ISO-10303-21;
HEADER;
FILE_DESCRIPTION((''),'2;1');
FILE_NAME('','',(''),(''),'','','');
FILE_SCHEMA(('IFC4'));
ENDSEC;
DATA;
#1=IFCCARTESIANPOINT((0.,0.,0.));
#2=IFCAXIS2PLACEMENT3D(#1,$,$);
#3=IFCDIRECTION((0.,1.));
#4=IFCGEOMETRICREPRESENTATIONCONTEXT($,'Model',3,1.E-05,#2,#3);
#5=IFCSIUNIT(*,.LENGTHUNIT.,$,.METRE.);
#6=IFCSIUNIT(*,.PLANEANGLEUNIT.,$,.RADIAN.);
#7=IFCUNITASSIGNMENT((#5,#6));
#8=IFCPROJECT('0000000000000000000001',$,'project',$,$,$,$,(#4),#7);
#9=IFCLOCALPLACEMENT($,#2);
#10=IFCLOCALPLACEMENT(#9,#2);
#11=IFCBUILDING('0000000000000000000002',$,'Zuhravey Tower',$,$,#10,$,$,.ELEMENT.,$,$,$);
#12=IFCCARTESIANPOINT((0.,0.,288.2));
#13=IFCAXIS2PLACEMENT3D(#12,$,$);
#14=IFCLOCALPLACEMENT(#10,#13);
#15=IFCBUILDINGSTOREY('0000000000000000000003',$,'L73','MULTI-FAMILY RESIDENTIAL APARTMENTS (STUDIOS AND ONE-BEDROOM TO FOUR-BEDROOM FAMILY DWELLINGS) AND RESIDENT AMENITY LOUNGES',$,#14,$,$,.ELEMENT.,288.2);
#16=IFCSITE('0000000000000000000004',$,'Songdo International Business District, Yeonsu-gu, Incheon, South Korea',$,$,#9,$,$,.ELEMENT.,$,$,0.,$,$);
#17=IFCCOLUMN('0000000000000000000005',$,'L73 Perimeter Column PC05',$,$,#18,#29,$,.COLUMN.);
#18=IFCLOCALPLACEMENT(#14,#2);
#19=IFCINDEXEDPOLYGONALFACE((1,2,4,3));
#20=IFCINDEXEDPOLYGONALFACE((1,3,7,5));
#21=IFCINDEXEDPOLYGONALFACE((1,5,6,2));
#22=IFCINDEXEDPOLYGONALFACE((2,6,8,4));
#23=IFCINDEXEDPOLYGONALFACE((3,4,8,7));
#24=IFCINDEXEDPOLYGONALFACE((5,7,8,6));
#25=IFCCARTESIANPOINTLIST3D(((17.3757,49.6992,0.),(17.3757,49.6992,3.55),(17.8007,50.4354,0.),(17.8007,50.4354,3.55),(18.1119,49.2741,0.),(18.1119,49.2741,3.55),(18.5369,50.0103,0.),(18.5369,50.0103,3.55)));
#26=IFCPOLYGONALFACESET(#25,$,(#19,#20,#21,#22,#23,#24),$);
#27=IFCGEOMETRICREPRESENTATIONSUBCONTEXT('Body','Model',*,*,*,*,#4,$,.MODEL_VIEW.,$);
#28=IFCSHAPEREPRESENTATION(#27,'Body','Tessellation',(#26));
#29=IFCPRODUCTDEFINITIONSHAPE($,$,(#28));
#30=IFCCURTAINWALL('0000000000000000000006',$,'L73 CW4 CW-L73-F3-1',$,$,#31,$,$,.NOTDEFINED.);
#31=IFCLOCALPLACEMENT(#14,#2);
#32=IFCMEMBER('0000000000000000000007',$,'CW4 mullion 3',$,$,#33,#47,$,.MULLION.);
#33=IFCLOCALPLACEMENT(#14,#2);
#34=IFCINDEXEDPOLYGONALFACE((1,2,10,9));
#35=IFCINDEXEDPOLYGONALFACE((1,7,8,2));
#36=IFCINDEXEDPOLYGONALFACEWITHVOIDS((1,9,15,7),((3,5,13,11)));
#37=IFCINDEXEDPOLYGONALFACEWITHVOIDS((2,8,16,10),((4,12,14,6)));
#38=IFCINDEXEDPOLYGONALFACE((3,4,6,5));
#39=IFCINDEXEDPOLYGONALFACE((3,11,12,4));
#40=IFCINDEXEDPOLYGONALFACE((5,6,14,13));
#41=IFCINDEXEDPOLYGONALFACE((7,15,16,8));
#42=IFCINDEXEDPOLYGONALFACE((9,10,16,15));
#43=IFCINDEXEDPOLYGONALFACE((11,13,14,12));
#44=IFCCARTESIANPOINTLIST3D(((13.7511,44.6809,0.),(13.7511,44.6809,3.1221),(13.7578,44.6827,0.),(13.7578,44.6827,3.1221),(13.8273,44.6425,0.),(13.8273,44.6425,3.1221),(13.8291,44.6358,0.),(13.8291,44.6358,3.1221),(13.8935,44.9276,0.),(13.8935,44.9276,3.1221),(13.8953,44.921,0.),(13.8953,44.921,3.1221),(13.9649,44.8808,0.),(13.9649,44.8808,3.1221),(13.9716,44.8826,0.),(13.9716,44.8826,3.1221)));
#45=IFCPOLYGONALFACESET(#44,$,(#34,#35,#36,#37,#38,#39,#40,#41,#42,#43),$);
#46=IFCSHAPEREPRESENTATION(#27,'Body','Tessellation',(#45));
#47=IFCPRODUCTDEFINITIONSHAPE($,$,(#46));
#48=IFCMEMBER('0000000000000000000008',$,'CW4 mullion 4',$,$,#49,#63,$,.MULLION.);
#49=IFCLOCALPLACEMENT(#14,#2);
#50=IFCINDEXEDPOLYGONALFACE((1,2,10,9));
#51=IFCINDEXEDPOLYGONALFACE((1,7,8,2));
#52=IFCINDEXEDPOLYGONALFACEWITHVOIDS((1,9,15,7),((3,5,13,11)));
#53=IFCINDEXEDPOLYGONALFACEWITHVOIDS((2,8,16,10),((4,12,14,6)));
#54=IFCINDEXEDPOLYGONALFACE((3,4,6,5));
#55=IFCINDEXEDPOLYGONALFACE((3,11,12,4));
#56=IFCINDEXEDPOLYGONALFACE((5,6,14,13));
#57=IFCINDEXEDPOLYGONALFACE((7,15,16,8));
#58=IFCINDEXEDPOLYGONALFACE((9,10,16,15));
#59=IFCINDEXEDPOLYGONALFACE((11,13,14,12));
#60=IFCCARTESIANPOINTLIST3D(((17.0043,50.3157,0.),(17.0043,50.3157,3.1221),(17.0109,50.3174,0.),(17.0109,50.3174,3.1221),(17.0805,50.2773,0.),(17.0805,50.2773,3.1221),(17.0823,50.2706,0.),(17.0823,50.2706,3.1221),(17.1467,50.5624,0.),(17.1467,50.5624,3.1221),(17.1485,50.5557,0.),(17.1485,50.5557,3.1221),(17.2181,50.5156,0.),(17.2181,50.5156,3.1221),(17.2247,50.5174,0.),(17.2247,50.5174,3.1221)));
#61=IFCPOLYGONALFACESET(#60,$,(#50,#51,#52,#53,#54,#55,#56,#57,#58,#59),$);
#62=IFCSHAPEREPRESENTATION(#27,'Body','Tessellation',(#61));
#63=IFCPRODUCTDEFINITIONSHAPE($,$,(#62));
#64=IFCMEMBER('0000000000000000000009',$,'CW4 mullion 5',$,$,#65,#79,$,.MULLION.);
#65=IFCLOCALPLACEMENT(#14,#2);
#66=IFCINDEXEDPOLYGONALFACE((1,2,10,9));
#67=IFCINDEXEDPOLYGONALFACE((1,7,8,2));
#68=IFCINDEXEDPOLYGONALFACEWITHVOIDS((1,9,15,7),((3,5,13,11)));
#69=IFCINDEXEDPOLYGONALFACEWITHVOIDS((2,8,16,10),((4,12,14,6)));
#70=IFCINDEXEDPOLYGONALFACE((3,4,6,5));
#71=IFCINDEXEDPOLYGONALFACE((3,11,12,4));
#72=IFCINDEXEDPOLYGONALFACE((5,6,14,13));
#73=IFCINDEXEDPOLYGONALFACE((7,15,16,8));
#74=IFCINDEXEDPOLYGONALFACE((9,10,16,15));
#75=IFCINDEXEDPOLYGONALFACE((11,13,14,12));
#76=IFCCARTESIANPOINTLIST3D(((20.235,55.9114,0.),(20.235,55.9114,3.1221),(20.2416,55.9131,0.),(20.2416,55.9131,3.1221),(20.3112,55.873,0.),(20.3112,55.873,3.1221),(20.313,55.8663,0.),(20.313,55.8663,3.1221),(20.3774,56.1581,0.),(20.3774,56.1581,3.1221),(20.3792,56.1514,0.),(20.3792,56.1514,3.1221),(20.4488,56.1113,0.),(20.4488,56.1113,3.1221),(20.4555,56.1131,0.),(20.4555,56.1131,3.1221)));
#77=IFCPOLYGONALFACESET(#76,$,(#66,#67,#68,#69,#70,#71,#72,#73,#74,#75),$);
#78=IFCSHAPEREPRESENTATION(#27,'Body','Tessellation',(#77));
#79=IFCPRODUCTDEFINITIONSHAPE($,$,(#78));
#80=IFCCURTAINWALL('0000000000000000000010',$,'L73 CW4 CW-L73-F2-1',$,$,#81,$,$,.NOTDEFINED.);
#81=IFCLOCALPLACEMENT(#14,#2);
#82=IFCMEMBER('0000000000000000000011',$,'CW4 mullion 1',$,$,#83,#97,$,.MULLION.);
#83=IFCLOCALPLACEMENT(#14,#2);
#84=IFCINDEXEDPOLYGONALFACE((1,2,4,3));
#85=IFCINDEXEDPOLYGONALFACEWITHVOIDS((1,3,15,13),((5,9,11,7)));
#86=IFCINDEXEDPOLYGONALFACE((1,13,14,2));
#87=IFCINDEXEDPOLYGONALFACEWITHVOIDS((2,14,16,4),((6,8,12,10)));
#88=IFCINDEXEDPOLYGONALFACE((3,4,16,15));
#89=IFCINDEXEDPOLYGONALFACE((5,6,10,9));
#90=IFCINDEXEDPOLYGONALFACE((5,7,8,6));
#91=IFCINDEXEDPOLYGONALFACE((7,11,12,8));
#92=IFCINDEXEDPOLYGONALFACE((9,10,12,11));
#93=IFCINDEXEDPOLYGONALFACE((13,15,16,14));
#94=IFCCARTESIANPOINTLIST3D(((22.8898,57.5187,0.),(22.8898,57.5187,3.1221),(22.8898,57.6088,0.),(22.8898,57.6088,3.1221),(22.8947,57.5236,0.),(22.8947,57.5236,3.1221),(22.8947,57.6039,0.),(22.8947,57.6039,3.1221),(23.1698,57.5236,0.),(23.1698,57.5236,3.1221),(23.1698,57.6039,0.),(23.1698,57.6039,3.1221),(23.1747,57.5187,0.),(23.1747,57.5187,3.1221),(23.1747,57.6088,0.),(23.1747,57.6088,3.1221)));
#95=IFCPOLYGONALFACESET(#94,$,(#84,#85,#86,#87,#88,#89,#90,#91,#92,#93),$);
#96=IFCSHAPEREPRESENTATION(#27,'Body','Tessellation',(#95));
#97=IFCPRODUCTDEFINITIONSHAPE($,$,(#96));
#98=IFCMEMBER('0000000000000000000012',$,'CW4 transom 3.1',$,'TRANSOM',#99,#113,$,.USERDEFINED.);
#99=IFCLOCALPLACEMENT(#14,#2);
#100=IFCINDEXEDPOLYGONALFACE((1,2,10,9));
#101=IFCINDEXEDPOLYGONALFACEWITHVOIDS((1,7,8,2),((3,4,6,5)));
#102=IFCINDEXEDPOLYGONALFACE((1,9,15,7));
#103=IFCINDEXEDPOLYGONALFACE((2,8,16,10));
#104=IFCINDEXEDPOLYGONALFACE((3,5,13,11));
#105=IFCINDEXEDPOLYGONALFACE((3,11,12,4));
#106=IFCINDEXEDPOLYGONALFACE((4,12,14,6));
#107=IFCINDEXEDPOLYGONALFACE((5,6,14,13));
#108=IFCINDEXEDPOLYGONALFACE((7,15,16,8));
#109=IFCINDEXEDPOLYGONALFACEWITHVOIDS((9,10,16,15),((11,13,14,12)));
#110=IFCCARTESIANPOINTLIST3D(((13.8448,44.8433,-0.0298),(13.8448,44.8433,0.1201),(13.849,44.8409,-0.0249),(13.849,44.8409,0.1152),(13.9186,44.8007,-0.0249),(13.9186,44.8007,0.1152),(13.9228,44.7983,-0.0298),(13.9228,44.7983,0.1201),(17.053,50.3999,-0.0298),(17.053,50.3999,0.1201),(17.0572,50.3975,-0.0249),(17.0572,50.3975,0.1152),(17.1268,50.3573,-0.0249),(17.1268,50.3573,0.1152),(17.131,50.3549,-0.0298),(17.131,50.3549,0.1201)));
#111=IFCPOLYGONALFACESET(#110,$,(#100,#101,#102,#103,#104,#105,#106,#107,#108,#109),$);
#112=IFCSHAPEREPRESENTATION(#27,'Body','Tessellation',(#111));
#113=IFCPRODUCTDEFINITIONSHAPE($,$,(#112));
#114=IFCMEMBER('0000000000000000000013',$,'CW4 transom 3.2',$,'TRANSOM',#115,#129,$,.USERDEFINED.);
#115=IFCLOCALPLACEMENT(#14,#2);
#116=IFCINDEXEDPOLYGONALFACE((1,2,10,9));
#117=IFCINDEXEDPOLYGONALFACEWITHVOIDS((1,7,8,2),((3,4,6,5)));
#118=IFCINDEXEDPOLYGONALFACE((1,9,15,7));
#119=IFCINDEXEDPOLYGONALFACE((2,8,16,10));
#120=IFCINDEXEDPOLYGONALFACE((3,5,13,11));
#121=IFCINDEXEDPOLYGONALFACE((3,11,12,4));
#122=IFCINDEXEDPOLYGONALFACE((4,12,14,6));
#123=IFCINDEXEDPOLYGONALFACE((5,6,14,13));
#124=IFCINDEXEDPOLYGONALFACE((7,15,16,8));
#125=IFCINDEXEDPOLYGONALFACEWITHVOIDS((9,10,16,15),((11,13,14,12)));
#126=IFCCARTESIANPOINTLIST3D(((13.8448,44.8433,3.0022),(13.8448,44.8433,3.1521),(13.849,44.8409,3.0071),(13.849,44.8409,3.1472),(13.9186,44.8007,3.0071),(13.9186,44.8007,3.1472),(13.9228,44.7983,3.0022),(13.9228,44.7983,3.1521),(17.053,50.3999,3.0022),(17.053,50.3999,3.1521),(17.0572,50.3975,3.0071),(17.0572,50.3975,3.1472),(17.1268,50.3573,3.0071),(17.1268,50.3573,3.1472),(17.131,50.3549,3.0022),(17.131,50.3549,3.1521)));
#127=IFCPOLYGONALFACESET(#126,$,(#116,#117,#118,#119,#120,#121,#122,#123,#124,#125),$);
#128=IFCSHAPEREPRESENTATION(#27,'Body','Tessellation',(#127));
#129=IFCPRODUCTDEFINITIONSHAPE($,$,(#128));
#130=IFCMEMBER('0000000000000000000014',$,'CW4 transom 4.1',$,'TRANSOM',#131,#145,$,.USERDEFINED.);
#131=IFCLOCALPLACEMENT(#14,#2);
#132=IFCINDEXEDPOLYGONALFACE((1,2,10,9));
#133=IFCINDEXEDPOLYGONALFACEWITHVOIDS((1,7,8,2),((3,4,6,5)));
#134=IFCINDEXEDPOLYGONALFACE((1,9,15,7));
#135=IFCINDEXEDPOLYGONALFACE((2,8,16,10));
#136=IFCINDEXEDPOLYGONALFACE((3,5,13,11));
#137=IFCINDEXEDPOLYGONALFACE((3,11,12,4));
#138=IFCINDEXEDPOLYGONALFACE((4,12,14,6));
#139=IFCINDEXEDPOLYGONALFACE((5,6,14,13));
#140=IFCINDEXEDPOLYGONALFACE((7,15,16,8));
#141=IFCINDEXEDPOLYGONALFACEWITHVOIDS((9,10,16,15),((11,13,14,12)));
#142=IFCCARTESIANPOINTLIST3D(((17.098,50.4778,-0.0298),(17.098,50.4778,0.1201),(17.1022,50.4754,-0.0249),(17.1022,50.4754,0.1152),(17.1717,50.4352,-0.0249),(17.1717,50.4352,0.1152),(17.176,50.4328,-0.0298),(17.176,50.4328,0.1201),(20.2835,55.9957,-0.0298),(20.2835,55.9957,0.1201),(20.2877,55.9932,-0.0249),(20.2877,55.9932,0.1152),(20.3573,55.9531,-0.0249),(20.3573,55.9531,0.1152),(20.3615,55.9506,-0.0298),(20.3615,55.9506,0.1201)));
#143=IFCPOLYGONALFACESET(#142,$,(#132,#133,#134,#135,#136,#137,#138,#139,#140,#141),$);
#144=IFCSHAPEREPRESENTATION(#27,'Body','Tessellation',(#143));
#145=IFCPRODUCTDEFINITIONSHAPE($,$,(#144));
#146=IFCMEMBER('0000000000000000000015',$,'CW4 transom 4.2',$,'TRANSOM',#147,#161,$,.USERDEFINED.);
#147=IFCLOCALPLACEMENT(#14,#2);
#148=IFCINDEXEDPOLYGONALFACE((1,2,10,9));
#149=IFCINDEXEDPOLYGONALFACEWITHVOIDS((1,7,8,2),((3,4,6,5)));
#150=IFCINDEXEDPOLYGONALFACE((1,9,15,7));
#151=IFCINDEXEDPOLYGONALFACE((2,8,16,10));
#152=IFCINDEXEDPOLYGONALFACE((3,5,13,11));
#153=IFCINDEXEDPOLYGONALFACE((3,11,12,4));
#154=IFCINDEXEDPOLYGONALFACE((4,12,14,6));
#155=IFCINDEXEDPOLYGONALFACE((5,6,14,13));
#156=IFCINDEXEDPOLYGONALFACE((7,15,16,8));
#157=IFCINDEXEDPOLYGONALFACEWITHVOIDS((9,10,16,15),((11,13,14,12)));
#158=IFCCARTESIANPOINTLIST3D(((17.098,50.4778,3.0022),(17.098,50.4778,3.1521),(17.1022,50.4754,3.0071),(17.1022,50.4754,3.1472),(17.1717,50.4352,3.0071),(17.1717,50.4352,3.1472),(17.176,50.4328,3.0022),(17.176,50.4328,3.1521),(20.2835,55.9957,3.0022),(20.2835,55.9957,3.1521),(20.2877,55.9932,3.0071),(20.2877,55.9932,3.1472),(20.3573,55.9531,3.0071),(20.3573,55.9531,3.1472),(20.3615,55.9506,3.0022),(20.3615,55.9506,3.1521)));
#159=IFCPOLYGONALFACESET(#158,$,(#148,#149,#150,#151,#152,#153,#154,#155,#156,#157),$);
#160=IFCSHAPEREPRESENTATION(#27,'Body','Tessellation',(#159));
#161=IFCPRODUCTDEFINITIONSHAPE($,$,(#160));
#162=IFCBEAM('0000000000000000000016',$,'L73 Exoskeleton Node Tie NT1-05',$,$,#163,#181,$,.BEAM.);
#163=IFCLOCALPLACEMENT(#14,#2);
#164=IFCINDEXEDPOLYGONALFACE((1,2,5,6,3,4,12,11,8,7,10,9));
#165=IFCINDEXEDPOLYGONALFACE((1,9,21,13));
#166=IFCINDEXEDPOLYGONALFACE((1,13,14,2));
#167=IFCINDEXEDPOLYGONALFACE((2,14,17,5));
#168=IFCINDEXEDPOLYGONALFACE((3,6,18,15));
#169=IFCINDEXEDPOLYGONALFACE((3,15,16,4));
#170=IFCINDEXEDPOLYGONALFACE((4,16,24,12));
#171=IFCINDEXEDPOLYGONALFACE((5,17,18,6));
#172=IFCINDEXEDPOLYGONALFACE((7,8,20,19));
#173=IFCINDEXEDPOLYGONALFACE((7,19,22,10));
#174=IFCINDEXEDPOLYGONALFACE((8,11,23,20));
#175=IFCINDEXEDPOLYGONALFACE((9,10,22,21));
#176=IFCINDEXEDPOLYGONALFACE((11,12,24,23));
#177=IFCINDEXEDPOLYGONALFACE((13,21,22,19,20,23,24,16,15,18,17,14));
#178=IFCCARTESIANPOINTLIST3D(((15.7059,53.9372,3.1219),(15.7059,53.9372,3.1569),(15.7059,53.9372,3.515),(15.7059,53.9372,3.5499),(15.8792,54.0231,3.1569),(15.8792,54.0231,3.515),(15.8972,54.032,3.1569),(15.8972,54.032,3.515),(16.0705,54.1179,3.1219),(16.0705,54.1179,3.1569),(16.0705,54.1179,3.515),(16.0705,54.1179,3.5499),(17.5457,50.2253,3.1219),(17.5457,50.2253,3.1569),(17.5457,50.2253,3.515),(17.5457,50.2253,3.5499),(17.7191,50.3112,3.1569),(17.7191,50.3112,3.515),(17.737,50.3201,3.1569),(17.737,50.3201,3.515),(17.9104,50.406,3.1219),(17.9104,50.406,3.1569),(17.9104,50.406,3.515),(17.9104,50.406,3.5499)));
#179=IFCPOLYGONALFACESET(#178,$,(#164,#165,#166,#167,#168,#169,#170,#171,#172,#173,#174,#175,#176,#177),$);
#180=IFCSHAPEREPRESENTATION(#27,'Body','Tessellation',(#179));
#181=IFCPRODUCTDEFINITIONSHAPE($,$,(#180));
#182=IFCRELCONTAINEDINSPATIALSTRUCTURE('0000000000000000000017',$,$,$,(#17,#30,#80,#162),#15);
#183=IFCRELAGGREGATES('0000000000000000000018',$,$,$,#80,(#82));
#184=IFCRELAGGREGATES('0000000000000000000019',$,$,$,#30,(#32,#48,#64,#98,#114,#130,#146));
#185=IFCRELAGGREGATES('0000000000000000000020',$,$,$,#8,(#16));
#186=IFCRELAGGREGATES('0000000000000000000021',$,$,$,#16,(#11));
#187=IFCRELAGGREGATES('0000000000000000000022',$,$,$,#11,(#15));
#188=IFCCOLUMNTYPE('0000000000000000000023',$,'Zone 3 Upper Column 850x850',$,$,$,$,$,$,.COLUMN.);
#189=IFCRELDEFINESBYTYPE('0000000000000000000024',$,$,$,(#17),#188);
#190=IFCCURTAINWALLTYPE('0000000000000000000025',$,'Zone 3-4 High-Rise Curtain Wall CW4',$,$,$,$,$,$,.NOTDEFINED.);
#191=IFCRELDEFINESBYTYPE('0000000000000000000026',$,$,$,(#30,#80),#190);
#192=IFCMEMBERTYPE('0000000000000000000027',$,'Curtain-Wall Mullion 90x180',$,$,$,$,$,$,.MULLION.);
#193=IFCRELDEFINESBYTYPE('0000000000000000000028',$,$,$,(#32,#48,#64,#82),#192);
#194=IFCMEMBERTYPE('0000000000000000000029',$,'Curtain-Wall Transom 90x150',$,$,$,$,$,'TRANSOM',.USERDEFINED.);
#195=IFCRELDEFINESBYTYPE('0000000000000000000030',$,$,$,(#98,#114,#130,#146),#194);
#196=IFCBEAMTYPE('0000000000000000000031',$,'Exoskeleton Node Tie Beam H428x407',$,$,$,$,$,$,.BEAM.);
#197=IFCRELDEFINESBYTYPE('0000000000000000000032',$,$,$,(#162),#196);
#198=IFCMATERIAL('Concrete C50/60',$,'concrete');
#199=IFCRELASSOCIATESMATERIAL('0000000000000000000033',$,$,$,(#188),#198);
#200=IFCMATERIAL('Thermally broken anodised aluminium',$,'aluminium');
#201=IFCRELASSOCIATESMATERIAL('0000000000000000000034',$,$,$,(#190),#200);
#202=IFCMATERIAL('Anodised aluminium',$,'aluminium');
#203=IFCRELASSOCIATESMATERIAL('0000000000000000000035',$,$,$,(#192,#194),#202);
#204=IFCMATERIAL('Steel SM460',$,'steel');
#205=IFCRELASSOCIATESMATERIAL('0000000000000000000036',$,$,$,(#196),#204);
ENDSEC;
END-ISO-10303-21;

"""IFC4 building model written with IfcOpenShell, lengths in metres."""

from ifc_helpers import new_model, si_unit, direction, frame, origin, origin_2d, place, context, subcontext, project, spatial, rectangle, hollow_rectangle, i_section, extrude, material, material_profile, profile_set, type_object, element, aggregate, save


model = new_model("IFC4")

# Units and contexts
model_context = context("Model", 3, precision=1e-05, world=origin(), true_north=direction((0.0, 1.0)))
body_context = subcontext(model_context, "Body", "Model", "MODEL_VIEW")
ifc_project = project(units=[si_unit("LENGTHUNIT", "METRE"), si_unit("PLANEANGLEUNIT", "RADIAN")], contexts=[model_context])

# Site, building, storey
site_placement = place(None, origin())
site = spatial("IfcSite", under=ifc_project, at=site_placement, Name="Songdo International Business District, Yeonsu-gu, Incheon, South Korea", CompositionType="ELEMENT", RefElevation=0.0)
building_placement = place(site_placement, origin())
building = spatial("IfcBuilding", under=site, at=building_placement, Name="Zuhravey Tower", CompositionType="ELEMENT")
storey_placement = place(building_placement, frame((0.0, 0.0, 288.2)))
storey = spatial("IfcBuildingStorey", under=building, at=storey_placement, Name="L73", Description="MULTI-FAMILY RESIDENTIAL APARTMENTS (STUDIOS AND ONE-BEDROOM TO FOUR-BEDROOM FAMILY DWELLINGS) AND RESIDENT AMENITY LOUNGES", CompositionType="ELEMENT", Elevation=288.2)

# Column
ifc_material_1 = material(Name="Concrete C50/60", Category="concrete")
ifc_material_profile_1 = material_profile(ifc_material_1, rectangle(XDim=0.8501, YDim=0.8501, at=origin_2d()), Name="RC-850x850")
ifc_profile_set_1 = profile_set([ifc_material_profile_1], Name="Concrete C50/60")
column_type = type_object("IfcColumnType", Name="Zone 3 Upper Column 850x850", PredefinedType="COLUMN", material=ifc_profile_set_1)
column_placement = place(storey_placement, frame((17.9563, 49.8547, 0.0), z_axis=(0.0, 0.0, 1.0), x_axis=(-0.5, -0.866025, 0.0)))
element("IfcColumn", 1, at=column_placement, inside=storey, type_object=column_type, Name="L73 Perimeter Column PC05", PredefinedType="COLUMN", context=body_context, shape_type="SweptSolid", body=[
    extrude(rectangle(XDim=0.8501, YDim=0.8501, at=origin_2d()), origin(), (0.0, 0.0, 1.0), 3.55),
])

# Curtain wall, members
ifc_material_2 = material(Name="Thermally broken anodised aluminium", Category="aluminium")
curtain_wall_type = type_object("IfcCurtainWallType", Name="Zone 3-4 High-Rise Curtain Wall CW4", PredefinedType="NOTDEFINED", material=ifc_material_2)
curtain_wall_1_placement = place(storey_placement, origin())
curtain_wall_1 = element("IfcCurtainWall", 2, at=curtain_wall_1_placement, inside=storey, type_object=curtain_wall_type, Name="L73 CW4 CW-L73-F3-1", PredefinedType="NOTDEFINED")
ifc_material_3 = material(Name="Anodised aluminium", Category="aluminium")
ifc_material_profile_2 = material_profile(ifc_material_3, hollow_rectangle(XDim=0.0901, YDim=0.2849, WallThickness=0.0049, at=origin_2d()), Name="ALU-RHS-90x285x5")
ifc_profile_set_2 = profile_set([ifc_material_profile_2], Name="Anodised aluminium")
member_type_1 = type_object("IfcMemberType", Name="Curtain-Wall Mullion 90x180", PredefinedType="MULLION", material=ifc_profile_set_2)
member_1_placement = place(storey_placement, frame((13.8613, 44.7817, 0.0), z_axis=(0.0, 0.0, 1.0), x_axis=(-0.866025, 0.500001, 0.0)))
member_1 = element("IfcMember", 3, at=member_1_placement, type_object=member_type_1, Name="CW4 mullion 3", PredefinedType="MULLION", context=body_context, shape_type="SweptSolid", body=[
    extrude(hollow_rectangle(XDim=0.0901, YDim=0.2849, WallThickness=0.0049, at=origin_2d()), origin(), (0.0, 0.0, 1.0), 3.1221),
])
member_2_placement = place(storey_placement, frame((17.1145, 50.4165, 0.0), z_axis=(0.0, 0.0, 1.0), x_axis=(-0.866025, 0.500001, 0.0)))
member_2 = element("IfcMember", 4, at=member_2_placement, type_object=member_type_1, Name="CW4 mullion 4", PredefinedType="MULLION", context=body_context, shape_type="SweptSolid", body=[
    extrude(hollow_rectangle(XDim=0.0901, YDim=0.2849, WallThickness=0.0049, at=origin_2d()), origin(), (0.0, 0.0, 1.0), 3.1221),
])
member_3_placement = place(storey_placement, frame((20.3452, 56.0122, 0.0), z_axis=(0.0, 0.0, 1.0), x_axis=(-0.866025, 0.500001, 0.0)))
member_3 = element("IfcMember", 5, at=member_3_placement, type_object=member_type_1, Name="CW4 mullion 5", PredefinedType="MULLION", context=body_context, shape_type="SweptSolid", body=[
    extrude(hollow_rectangle(XDim=0.0901, YDim=0.2849, WallThickness=0.0049, at=origin_2d()), origin(), (0.0, 0.0, 1.0), 3.1221),
])

# Curtain wall, member
curtain_wall_2_placement = place(storey_placement, origin())
curtain_wall_2 = element("IfcCurtainWall", 6, at=curtain_wall_2_placement, inside=storey, type_object=curtain_wall_type, Name="L73 CW4 CW-L73-F2-1", PredefinedType="NOTDEFINED")
member_4_placement = place(storey_placement, frame((23.0322, 57.5637, 0.0), z_axis=(0.0, 0.0, 1.0), x_axis=(0.0, 1.0, 0.0)))
member_4 = element("IfcMember", 7, at=member_4_placement, type_object=member_type_1, Name="CW4 mullion 1", PredefinedType="MULLION", context=body_context, shape_type="SweptSolid", body=[
    extrude(hollow_rectangle(XDim=0.0901, YDim=0.2849, WallThickness=0.0049, at=origin_2d()), origin(), (0.0, 0.0, 1.0), 3.1221),
])
aggregate(curtain_wall_2, [member_4])

# Members
ifc_material_profile_3 = material_profile(ifc_material_3, hollow_rectangle(XDim=0.0901, YDim=0.1499, WallThickness=0.0049, at=origin_2d()), Name="ALU-RHS-90x150x5")
ifc_profile_set_3 = profile_set([ifc_material_profile_3], Name="Anodised aluminium")
member_type_2 = type_object("IfcMemberType", Name="Curtain-Wall Transom 90x150", ElementType="TRANSOM", PredefinedType="USERDEFINED", material=ifc_profile_set_3)
member_5_placement = place(storey_placement, frame((13.8838, 44.8208, 0.0452), z_axis=(0.500014, 0.866017, 0.0), x_axis=(-0.866017, 0.500014, 0.0)))
member_5 = element("IfcMember", 8, at=member_5_placement, type_object=member_type_2, Name="CW4 transom 3.1", ObjectType="TRANSOM", PredefinedType="USERDEFINED", context=body_context, shape_type="SweptSolid", body=[
    extrude(hollow_rectangle(XDim=0.0901, YDim=0.1499, WallThickness=0.0049, at=origin_2d()), origin(), (0.0, 0.0, 1.0), 6.4163),
])
member_6_placement = place(storey_placement, frame((13.8838, 44.8208, 3.0771), z_axis=(0.500014, 0.866017, 0.0), x_axis=(-0.866017, 0.500014, 0.0)))
member_6 = element("IfcMember", 9, at=member_6_placement, type_object=member_type_2, Name="CW4 transom 3.2", ObjectType="TRANSOM", PredefinedType="USERDEFINED", context=body_context, shape_type="SweptSolid", body=[
    extrude(hollow_rectangle(XDim=0.0901, YDim=0.1499, WallThickness=0.0049, at=origin_2d()), origin(), (0.0, 0.0, 1.0), 6.4163),
])
member_7_placement = place(storey_placement, frame((17.137, 50.4553, 0.0452), z_axis=(0.49998, 0.866037, 0.0), x_axis=(-0.866037, 0.49998, 0.0)))
member_7 = element("IfcMember", 10, at=member_7_placement, type_object=member_type_2, Name="CW4 transom 4.1", ObjectType="TRANSOM", PredefinedType="USERDEFINED", context=body_context, shape_type="SweptSolid", body=[
    extrude(hollow_rectangle(XDim=0.0901, YDim=0.1499, WallThickness=0.0049, at=origin_2d()), origin(), (0.0, 0.0, 1.0), 6.3713),
])
member_8_placement = place(storey_placement, frame((17.137, 50.4553, 3.0771), z_axis=(0.49998, 0.866037, 0.0), x_axis=(-0.866037, 0.49998, 0.0)))
member_8 = element("IfcMember", 11, at=member_8_placement, type_object=member_type_2, Name="CW4 transom 4.2", ObjectType="TRANSOM", PredefinedType="USERDEFINED", context=body_context, shape_type="SweptSolid", body=[
    extrude(hollow_rectangle(XDim=0.0901, YDim=0.1499, WallThickness=0.0049, at=origin_2d()), origin(), (0.0, 0.0, 1.0), 6.3713),
])

# Beam
ifc_material_4 = material(Name="Steel SM460", Category="steel")
ifc_material_profile_4 = material_profile(ifc_material_4, i_section(OverallWidth=0.407, OverallDepth=0.428, WebThickness=0.02, FlangeThickness=0.0349, at=origin_2d()), Name="H-428x407x20x35")
ifc_profile_set_4 = profile_set([ifc_material_profile_4], Name="Steel SM460")
beam_type_1 = type_object("IfcBeamType", Name="Exoskeleton Node Tie Beam H428x407", PredefinedType="BEAM", material=ifc_profile_set_4)
beam_1_placement = place(storey_placement, frame((17.728, 50.3157, 3.3359), z_axis=(-0.444099, 0.895978, 0.0), x_axis=(-0.895978, -0.444099, 0.0)))
element("IfcBeam", 12, at=beam_1_placement, inside=storey, type_object=beam_type_1, Name="L73 Exoskeleton Node Tie NT1-05", PredefinedType="BEAM", context=body_context, shape_type="SweptSolid", body=[
    extrude(i_section(OverallWidth=0.407, OverallDepth=0.428, WebThickness=0.02, FlangeThickness=0.0349, at=origin_2d()), origin(), (0.0, 0.0, 1.0), 4.1428),
])

aggregate(curtain_wall_1, [member_1, member_2, member_3, member_5, member_6, member_7, member_8])

save(model, "model.ifc")
